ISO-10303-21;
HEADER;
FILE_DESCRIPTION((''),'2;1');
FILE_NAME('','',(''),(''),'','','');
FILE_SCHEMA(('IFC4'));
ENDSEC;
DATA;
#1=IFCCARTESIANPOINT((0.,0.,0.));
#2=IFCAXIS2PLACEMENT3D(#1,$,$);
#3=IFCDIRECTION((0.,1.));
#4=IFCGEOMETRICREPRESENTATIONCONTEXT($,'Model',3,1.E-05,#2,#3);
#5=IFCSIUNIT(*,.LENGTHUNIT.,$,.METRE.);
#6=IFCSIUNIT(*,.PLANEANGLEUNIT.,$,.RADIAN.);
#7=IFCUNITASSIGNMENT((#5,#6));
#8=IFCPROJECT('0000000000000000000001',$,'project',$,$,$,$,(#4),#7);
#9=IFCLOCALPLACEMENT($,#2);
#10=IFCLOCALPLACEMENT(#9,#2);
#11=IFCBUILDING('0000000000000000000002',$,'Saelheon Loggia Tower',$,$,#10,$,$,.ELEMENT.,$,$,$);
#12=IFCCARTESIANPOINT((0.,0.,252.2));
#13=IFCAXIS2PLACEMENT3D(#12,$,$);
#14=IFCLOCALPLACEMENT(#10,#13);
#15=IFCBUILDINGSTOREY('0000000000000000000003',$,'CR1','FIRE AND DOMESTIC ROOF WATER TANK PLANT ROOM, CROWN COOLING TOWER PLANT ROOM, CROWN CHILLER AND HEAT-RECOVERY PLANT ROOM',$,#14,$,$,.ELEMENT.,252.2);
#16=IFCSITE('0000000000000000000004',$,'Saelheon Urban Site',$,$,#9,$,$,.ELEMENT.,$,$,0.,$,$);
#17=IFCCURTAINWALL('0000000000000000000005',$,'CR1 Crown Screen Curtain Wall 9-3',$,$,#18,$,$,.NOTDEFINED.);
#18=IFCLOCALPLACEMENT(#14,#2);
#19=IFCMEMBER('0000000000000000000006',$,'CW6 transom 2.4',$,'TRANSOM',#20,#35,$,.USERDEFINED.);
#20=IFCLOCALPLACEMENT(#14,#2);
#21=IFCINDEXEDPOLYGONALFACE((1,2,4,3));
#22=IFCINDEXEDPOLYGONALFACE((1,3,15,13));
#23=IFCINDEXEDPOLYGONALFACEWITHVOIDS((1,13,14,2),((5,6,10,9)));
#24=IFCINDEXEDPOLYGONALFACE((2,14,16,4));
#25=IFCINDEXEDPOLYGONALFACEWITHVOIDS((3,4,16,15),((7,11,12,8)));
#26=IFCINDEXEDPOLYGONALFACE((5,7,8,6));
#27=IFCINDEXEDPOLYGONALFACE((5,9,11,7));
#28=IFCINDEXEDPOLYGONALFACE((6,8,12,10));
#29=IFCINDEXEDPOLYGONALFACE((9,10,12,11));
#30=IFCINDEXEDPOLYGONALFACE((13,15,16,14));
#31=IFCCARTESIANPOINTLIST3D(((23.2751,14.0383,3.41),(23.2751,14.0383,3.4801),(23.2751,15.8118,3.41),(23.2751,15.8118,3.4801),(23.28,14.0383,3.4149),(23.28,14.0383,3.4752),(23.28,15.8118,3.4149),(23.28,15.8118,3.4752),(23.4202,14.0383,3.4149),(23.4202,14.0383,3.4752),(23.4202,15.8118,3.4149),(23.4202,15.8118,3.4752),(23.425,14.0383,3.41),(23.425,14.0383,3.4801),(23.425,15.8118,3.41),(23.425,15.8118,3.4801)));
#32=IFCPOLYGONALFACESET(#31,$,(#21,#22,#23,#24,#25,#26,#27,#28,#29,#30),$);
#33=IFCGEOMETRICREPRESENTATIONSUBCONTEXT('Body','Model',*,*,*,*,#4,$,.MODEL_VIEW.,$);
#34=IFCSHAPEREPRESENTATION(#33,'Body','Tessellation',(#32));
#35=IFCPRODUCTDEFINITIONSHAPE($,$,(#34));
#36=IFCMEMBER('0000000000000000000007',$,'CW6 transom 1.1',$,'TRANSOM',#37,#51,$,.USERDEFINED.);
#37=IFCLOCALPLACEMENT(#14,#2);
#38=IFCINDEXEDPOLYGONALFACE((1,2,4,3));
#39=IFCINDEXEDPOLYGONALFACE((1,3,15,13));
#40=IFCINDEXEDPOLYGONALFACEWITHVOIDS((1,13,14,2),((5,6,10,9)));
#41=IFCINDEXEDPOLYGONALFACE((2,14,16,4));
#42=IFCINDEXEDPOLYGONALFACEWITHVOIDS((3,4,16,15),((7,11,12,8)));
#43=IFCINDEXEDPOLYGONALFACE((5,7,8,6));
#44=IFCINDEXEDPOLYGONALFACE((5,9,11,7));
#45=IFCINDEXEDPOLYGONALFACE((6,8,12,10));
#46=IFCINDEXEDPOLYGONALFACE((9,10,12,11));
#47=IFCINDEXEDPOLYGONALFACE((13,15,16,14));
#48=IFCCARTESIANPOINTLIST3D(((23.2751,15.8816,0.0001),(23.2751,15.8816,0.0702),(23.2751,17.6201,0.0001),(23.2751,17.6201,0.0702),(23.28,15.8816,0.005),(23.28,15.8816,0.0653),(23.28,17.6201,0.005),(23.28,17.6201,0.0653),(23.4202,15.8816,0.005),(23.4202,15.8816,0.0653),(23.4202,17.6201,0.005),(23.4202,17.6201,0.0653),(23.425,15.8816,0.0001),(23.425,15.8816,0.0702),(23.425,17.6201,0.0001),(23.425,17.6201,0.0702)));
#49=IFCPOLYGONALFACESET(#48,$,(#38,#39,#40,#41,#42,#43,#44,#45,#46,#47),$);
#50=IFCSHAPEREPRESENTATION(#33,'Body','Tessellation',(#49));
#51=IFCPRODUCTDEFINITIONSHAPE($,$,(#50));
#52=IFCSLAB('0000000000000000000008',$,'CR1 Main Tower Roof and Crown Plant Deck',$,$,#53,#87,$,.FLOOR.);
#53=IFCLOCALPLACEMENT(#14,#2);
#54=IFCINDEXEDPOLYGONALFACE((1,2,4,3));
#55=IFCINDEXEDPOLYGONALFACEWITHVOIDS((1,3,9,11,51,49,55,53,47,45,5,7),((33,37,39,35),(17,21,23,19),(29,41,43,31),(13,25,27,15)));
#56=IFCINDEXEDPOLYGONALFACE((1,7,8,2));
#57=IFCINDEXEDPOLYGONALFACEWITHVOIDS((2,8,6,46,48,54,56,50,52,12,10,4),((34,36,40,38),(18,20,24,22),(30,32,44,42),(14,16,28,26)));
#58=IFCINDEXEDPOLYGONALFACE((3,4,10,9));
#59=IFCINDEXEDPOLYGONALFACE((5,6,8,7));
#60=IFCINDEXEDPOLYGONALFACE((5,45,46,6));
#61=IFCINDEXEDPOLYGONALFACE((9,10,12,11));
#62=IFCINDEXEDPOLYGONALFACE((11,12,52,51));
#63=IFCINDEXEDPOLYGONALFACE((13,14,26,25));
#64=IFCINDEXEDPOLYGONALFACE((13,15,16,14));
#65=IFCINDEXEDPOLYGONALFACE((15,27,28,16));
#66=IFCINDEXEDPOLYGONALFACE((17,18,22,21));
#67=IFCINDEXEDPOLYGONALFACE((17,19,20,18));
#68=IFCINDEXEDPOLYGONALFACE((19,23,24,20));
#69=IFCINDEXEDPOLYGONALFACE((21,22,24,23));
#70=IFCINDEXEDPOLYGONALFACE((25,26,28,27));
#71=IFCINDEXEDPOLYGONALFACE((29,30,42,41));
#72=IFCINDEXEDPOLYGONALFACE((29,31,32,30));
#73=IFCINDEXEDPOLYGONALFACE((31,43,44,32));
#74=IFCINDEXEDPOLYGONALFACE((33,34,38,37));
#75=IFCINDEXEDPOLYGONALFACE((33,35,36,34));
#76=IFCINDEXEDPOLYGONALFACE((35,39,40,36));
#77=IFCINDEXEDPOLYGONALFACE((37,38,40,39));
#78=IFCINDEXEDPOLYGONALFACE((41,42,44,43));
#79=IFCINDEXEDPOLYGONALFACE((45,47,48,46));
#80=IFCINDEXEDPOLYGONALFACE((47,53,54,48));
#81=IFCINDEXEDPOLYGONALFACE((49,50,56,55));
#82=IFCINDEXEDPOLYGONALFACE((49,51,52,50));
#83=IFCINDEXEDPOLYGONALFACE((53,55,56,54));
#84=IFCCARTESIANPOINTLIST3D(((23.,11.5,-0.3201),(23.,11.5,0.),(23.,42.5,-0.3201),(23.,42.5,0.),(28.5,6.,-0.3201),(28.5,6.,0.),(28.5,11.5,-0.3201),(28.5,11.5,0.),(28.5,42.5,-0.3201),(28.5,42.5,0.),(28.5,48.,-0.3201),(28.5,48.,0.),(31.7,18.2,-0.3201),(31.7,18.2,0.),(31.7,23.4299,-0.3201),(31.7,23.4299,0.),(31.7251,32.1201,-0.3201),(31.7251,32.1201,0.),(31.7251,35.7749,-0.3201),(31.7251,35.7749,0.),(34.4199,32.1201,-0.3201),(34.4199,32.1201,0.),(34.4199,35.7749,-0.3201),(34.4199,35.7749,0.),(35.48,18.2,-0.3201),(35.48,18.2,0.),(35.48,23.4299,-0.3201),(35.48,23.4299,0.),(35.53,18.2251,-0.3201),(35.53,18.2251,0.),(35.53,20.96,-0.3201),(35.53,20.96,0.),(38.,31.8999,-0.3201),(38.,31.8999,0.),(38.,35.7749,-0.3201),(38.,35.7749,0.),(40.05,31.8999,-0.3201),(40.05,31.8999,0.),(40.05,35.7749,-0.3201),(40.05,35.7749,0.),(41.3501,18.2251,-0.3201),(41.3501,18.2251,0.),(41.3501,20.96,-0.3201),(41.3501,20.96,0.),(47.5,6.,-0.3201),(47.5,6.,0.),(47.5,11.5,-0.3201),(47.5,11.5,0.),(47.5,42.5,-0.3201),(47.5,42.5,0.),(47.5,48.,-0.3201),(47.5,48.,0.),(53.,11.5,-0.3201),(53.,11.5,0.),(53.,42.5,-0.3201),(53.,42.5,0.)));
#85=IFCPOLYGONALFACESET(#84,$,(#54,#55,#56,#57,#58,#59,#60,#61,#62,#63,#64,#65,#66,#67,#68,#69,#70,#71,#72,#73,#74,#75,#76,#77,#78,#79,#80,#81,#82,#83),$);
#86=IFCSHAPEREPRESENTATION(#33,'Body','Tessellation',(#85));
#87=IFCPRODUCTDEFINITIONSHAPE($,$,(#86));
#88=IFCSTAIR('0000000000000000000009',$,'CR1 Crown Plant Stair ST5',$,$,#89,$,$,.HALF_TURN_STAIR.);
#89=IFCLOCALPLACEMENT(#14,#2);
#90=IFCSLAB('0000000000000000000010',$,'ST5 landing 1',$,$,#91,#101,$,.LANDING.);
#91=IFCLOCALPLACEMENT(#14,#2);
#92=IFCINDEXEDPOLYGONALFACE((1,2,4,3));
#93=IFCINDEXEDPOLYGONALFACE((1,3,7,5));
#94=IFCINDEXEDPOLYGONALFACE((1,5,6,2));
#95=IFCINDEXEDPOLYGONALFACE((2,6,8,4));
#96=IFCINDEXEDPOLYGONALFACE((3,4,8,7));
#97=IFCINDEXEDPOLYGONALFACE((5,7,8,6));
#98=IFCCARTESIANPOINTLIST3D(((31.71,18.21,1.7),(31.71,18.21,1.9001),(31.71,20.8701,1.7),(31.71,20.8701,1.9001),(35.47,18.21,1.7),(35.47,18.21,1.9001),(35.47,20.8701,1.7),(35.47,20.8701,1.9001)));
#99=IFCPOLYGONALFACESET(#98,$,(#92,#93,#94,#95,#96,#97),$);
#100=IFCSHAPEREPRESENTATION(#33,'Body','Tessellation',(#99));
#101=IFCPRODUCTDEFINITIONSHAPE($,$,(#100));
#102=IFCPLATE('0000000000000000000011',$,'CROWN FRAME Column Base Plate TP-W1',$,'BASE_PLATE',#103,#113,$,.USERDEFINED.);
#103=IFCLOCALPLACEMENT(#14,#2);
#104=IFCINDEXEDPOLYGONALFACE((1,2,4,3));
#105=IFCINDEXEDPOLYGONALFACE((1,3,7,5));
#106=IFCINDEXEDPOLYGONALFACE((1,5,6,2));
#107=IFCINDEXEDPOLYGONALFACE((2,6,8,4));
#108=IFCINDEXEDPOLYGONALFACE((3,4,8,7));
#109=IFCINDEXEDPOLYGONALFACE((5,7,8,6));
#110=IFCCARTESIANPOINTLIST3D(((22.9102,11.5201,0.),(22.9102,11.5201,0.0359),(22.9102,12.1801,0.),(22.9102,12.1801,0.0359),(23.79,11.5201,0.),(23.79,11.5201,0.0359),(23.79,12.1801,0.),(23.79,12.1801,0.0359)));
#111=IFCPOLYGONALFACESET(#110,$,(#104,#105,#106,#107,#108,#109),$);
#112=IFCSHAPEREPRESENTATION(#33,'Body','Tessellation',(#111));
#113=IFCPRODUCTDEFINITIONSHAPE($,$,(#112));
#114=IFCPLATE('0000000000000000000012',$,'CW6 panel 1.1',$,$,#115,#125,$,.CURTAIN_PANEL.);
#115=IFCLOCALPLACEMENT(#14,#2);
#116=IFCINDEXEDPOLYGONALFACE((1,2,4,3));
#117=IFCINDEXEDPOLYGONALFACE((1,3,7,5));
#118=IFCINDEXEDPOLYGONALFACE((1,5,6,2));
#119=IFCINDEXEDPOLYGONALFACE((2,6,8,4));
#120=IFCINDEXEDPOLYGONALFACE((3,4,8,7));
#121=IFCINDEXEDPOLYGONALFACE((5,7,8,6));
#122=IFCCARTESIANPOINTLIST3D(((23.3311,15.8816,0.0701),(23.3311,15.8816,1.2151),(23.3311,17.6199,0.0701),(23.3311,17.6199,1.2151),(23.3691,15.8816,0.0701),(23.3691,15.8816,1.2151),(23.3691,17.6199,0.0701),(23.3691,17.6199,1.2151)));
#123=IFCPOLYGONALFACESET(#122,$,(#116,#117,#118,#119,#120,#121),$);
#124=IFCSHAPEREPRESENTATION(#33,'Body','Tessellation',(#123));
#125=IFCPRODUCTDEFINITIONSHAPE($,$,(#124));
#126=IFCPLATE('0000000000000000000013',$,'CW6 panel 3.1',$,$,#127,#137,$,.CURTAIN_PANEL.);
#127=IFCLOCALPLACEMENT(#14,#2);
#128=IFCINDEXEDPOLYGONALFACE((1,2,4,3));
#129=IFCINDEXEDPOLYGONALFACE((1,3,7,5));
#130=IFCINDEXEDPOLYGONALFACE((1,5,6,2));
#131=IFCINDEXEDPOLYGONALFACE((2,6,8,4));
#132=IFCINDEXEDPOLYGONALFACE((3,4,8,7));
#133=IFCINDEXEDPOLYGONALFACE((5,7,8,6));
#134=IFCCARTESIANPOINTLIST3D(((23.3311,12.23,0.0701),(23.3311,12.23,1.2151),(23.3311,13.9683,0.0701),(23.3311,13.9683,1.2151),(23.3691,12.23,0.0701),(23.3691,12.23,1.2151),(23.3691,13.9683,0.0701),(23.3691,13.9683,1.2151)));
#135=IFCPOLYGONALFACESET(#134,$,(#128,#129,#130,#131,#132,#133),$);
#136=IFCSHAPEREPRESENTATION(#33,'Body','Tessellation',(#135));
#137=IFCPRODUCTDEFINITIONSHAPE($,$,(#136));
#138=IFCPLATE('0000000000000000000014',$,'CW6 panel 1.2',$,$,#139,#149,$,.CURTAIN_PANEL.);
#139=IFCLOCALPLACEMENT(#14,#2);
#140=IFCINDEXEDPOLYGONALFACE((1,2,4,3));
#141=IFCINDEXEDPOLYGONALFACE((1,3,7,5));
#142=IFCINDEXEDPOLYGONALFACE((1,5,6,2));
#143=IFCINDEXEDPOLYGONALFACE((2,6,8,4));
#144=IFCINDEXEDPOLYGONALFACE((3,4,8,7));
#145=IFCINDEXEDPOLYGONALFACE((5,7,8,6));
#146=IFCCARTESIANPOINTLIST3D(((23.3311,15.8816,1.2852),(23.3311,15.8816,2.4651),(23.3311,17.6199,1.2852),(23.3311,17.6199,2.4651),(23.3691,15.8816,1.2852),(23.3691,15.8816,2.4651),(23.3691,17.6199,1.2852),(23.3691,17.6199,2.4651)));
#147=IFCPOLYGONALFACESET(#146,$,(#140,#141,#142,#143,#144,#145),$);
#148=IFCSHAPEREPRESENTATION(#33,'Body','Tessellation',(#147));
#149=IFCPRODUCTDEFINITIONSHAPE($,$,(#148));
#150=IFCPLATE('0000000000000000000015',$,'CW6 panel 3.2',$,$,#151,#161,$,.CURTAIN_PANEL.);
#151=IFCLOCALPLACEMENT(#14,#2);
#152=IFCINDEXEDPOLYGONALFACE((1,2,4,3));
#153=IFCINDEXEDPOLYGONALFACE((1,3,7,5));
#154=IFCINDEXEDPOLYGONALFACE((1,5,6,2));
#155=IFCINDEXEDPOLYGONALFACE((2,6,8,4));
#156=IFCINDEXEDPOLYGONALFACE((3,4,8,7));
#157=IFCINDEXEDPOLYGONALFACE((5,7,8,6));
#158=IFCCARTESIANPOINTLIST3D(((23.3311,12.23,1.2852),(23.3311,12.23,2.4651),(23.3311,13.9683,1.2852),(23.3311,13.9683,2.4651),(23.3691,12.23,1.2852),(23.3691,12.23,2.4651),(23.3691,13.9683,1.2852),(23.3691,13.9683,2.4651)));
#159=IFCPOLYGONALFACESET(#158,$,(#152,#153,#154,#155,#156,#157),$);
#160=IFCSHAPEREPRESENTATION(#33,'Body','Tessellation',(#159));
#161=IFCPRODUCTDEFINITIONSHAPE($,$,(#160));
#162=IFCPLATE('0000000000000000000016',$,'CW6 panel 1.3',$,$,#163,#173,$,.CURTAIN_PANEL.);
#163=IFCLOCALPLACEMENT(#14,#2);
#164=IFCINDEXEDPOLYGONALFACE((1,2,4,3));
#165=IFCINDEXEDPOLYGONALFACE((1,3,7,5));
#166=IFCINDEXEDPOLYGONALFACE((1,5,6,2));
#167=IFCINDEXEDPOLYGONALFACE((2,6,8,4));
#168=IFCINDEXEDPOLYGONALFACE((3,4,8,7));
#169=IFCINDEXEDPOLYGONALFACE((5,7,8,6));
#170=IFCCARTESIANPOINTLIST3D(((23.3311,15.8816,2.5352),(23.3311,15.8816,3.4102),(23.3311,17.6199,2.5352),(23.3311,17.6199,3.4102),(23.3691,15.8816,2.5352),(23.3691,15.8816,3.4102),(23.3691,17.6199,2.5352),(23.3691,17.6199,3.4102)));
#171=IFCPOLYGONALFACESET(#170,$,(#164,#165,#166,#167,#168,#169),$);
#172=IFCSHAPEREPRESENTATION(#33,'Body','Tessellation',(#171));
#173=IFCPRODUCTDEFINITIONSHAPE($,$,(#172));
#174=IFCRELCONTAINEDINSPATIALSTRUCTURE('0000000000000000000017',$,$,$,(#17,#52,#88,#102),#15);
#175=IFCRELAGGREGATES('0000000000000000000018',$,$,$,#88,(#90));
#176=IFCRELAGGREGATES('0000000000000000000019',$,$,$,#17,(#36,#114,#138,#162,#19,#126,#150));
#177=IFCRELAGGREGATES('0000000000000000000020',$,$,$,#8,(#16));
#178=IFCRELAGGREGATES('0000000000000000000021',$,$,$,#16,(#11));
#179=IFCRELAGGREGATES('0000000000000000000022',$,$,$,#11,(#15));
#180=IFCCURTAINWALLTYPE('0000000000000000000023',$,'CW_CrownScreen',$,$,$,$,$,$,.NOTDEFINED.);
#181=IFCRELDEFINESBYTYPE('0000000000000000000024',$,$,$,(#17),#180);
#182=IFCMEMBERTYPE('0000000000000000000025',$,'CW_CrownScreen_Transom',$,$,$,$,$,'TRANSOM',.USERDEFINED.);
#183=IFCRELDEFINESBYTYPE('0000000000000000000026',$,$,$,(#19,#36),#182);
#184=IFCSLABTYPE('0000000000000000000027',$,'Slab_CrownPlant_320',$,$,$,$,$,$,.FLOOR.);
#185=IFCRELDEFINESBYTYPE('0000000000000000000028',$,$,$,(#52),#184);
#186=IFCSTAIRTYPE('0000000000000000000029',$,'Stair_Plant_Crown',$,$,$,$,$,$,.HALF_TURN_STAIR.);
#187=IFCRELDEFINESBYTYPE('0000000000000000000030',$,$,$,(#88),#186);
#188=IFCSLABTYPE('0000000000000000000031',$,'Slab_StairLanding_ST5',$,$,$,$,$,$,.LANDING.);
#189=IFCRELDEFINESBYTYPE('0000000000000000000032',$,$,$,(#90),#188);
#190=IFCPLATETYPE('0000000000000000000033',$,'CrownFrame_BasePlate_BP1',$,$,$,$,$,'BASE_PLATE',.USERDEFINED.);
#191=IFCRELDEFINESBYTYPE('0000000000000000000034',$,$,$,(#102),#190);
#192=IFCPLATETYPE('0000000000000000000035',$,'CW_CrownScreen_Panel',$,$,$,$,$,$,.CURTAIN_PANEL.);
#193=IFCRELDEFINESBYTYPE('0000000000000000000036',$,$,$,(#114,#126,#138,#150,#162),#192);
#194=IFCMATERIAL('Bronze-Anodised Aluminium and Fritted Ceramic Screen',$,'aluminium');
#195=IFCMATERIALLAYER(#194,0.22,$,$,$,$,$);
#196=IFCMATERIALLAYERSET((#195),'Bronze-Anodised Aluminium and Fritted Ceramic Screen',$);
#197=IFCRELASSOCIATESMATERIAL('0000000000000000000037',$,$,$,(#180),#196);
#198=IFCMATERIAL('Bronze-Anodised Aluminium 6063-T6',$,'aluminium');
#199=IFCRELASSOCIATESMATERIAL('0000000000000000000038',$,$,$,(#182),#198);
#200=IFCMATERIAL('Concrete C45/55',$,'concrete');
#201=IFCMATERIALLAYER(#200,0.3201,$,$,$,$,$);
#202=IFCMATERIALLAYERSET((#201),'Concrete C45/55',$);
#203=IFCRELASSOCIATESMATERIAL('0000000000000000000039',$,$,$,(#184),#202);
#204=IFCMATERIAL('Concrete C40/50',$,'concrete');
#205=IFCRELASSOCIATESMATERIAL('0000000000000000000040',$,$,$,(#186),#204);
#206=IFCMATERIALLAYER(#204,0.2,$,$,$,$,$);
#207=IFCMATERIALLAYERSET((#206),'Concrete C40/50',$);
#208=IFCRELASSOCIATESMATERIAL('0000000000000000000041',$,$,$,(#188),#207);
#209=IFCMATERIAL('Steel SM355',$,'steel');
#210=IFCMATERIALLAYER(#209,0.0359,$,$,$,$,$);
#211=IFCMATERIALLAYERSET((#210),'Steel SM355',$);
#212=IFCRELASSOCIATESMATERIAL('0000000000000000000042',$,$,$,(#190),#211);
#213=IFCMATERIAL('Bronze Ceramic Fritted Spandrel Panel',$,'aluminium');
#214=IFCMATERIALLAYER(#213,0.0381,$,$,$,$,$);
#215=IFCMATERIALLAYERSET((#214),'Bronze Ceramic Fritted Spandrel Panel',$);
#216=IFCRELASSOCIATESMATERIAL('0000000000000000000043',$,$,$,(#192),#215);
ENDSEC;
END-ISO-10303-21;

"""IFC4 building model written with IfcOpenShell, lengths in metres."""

from ifc_helpers import new_model, si_unit, direction, frame, origin, origin_2d, place, context, subcontext, project, spatial, polyline, rectangle, hollow_rectangle, outline, extrude, source, transform, mapped, material, layer, layer_set, material_profile, profile_set, type_object, element, aggregate, save


model = new_model("IFC4")

# Units and contexts
model_context = context("Model", 3, precision=1e-05, world=origin(), true_north=direction((0.0, 1.0)))
body_context = subcontext(model_context, "Body", "Model", "MODEL_VIEW")
ifc_project = project(units=[si_unit("LENGTHUNIT", "METRE"), si_unit("PLANEANGLEUNIT", "RADIAN")], contexts=[model_context])

# Site, building, storey
site_placement = place(None, origin())
site = spatial("IfcSite", under=ifc_project, at=site_placement, Name="Saelheon Urban Site", CompositionType="ELEMENT", RefElevation=0.0)
building_placement = place(site_placement, origin())
building = spatial("IfcBuilding", under=site, at=building_placement, Name="Saelheon Loggia Tower", CompositionType="ELEMENT")
storey_placement = place(building_placement, frame((0.0, 0.0, 252.2)))
storey = spatial("IfcBuildingStorey", under=building, at=storey_placement, Name="CR1", Description="FIRE AND DOMESTIC ROOF WATER TANK PLANT ROOM, CROWN COOLING TOWER PLANT ROOM, CROWN CHILLER AND HEAT-RECOVERY PLANT ROOM", CompositionType="ELEMENT", Elevation=252.2)

# Curtain wall, members
ifc_material_1 = material(Name="Bronze-Anodised Aluminium and Fritted Ceramic Screen", Category="aluminium")
ifc_layer_1 = layer(ifc_material_1, 0.22)
ifc_layer_set_1 = layer_set([ifc_layer_1], Name="Bronze-Anodised Aluminium and Fritted Ceramic Screen")
curtain_wall_type = type_object("IfcCurtainWallType", Name="CW_CrownScreen", PredefinedType="NOTDEFINED", material=ifc_layer_set_1)
curtain_wall_placement = place(storey_placement, origin())
curtain_wall = element("IfcCurtainWall", 1, at=curtain_wall_placement, inside=storey, type_object=curtain_wall_type, Name="CR1 Crown Screen Curtain Wall 9-3", PredefinedType="NOTDEFINED")
ifc_material_2 = material(Name="Bronze-Anodised Aluminium 6063-T6", Category="aluminium")
ifc_material_profile_1 = material_profile(ifc_material_2, hollow_rectangle(XDim=0.0701, YDim=0.1499, WallThickness=0.0049, at=origin_2d()), Name="RHS-150x70x5")
ifc_profile_set_1 = profile_set([ifc_material_profile_1], Name="Bronze-Anodised Aluminium 6063-T6")
member_type_1 = type_object("IfcMemberType", Name="CW_CrownScreen_Transom", ElementType="TRANSOM", PredefinedType="USERDEFINED", material=ifc_profile_set_1)
shared_shape_1 = source(origin(), body_context, "Body", "SweptSolid", [
    extrude(hollow_rectangle(XDim=0.0701, YDim=0.1499, WallThickness=0.0049, at=origin_2d()), origin(), (0.0, 0.0, 1.0), 1.7734),
])
member_1_placement = place(storey_placement, frame((23.3501, 15.8118, 3.4451), z_axis=(0.0, -1.0, 0.0), x_axis=(0.0, 0.0, 1.0)))
member_1 = element("IfcMember", 2, at=member_1_placement, type_object=member_type_1, Name="CW6 transom 2.4", ObjectType="TRANSOM", PredefinedType="USERDEFINED", context=body_context, shape_type="MappedRepresentation", body=[
    mapped(shared_shape_1, transform((0.0, 0.0, 0.0), scale=1.0)),
])
shared_shape_2 = source(origin(), body_context, "Body", "SweptSolid", [
    extrude(hollow_rectangle(XDim=0.0701, YDim=0.1499, WallThickness=0.0049, at=origin_2d()), origin(), (0.0, 0.0, 1.0), 1.7385),
])
member_2_placement = place(storey_placement, frame((23.3501, 17.6201, 0.0352), z_axis=(0.0, -1.0, 0.0), x_axis=(0.0, 0.0, 1.0)))
member_2 = element("IfcMember", 3, at=member_2_placement, type_object=member_type_1, Name="CW6 transom 1.1", ObjectType="TRANSOM", PredefinedType="USERDEFINED", context=body_context, shape_type="MappedRepresentation", body=[
    mapped(shared_shape_2, transform((0.0, 0.0, 0.0), scale=1.0)),
])

# Slab
ifc_material_3 = material(Name="Concrete C45/55", Category="concrete")
ifc_layer_2 = layer(ifc_material_3, 0.3201)
ifc_layer_set_2 = layer_set([ifc_layer_2], Name="Concrete C45/55")
slab_type_1 = type_object("IfcSlabType", Name="Slab_CrownPlant_320", PredefinedType="FLOOR", material=ifc_layer_set_2)
slab_1_placement = place(storey_placement, frame((0.0, 0.0, -0.3201)))
element("IfcSlab", 4, at=slab_1_placement, inside=storey, type_object=slab_type_1, Name="CR1 Main Tower Roof and Crown Plant Deck", PredefinedType="FLOOR", context=body_context, shape_type="SweptSolid", body=[
    extrude(outline(polyline([(28.5, 6.0), (47.5, 6.0), (47.5, 11.5), (53.0, 11.5), (53.0, 42.5), (47.5, 42.5), (47.5, 48.0), (28.5, 48.0), (28.5, 42.5), (23.0, 42.5), (23.0, 11.5), (28.5, 11.5), (28.5, 6.0)]), holes=[polyline([(31.7, 23.4299), (31.7, 18.2), (35.48, 18.2), (35.48, 23.4299), (31.7, 23.4299)]), polyline([(35.53, 18.2251), (41.3501, 18.2251), (41.3501, 20.96), (35.53, 20.96), (35.53, 18.2251)]), polyline([(31.7251, 32.1201), (34.4199, 32.1201), (34.4199, 35.7749), (31.7251, 35.7749), (31.7251, 32.1201)]), polyline([(38.0, 31.8999), (40.05, 31.8999), (40.05, 35.7749), (38.0, 35.7749), (38.0, 31.8999)])]), origin(), (0.0, 0.0, 1.0), 0.3201),
])

# Stair, slab
ifc_material_4 = material(Name="Concrete C40/50", Category="concrete")
stair_type = type_object("IfcStairType", Name="Stair_Plant_Crown", PredefinedType="HALF_TURN_STAIR", material=ifc_material_4)
stair_placement = place(storey_placement, origin())
stair = element("IfcStair", 5, at=stair_placement, inside=storey, type_object=stair_type, Name="CR1 Crown Plant Stair ST5", PredefinedType="HALF_TURN_STAIR")
ifc_layer_3 = layer(ifc_material_4, 0.2)
ifc_layer_set_3 = layer_set([ifc_layer_3], Name="Concrete C40/50")
slab_type_2 = type_object("IfcSlabType", Name="Slab_StairLanding_ST5", PredefinedType="LANDING", material=ifc_layer_set_3)
slab_2_placement = place(storey_placement, frame((0.0, 0.0, 1.7)))
slab_2 = element("IfcSlab", 6, at=slab_2_placement, type_object=slab_type_2, Name="ST5 landing 1", PredefinedType="LANDING", context=body_context, shape_type="SweptSolid", body=[
    extrude(outline(polyline([(31.71, 20.8701), (31.71, 18.21), (35.47, 18.21), (35.47, 20.8701), (31.71, 20.8701)])), origin(), (0.0, 0.0, 1.0), 0.2002),
])
aggregate(stair, [slab_2])

# Plates
ifc_material_5 = material(Name="Steel SM355", Category="steel")
ifc_layer_4 = layer(ifc_material_5, 0.0359)
ifc_layer_set_4 = layer_set([ifc_layer_4], Name="Steel SM355")
plate_type_1 = type_object("IfcPlateType", Name="CrownFrame_BasePlate_BP1", ElementType="BASE_PLATE", PredefinedType="USERDEFINED", material=ifc_layer_set_4)
shared_shape_3 = source(origin(), body_context, "Body", "SweptSolid", [
    extrude(rectangle(XDim=0.8799, YDim=0.6599, at=origin_2d()), origin(), (0.0, 0.0, 1.0), 0.0359),
])
plate_1_placement = place(storey_placement, frame((23.3501, 11.8501, 0.0), z_axis=(0.0, 0.0, 1.0), x_axis=(1.0, 0.0, 0.0)))
element("IfcPlate", 7, at=plate_1_placement, inside=storey, type_object=plate_type_1, Name="CROWN FRAME Column Base Plate TP-W1", ObjectType="BASE_PLATE", PredefinedType="USERDEFINED", context=body_context, shape_type="MappedRepresentation", body=[
    mapped(shared_shape_3, transform((0.0, 0.0, 0.0), scale=1.0)),
])
ifc_material_6 = material(Name="Bronze Ceramic Fritted Spandrel Panel", Category="aluminium")
ifc_layer_5 = layer(ifc_material_6, 0.0381)
ifc_layer_set_5 = layer_set([ifc_layer_5], Name="Bronze Ceramic Fritted Spandrel Panel")
plate_type_2 = type_object("IfcPlateType", Name="CW_CrownScreen_Panel", PredefinedType="CURTAIN_PANEL", material=ifc_layer_set_5)
shared_shape_4 = source(origin(), body_context, "Body", "SweptSolid", [
    extrude(rectangle(XDim=1.7383, YDim=0.0381, at=origin_2d()), origin(), (0.0, 0.0, 1.0), 1.145),
])
plate_2_placement = place(storey_placement, frame((23.3501, 16.7507, 0.0701), z_axis=(0.0, 0.0, 1.0), x_axis=(0.0, -1.0, 0.0)))
plate_2 = element("IfcPlate", 8, at=plate_2_placement, type_object=plate_type_2, Name="CW6 panel 1.1", PredefinedType="CURTAIN_PANEL", context=body_context, shape_type="MappedRepresentation", body=[
    mapped(shared_shape_4, transform((0.0, 0.0, 0.0), scale=1.0)),
])
plate_3_placement = place(storey_placement, frame((23.3501, 13.0991, 0.0701), z_axis=(0.0, 0.0, 1.0), x_axis=(0.0, -1.0, 0.0)))
plate_3 = element("IfcPlate", 9, at=plate_3_placement, type_object=plate_type_2, Name="CW6 panel 3.1", PredefinedType="CURTAIN_PANEL", context=body_context, shape_type="MappedRepresentation", body=[
    mapped(shared_shape_4, transform((0.0, 0.0, 0.0), scale=1.0)),
])
shared_shape_5 = source(origin(), body_context, "Body", "SweptSolid", [
    extrude(rectangle(XDim=1.7383, YDim=0.0381, at=origin_2d()), origin(), (0.0, 0.0, 1.0), 1.1799),
])
plate_4_placement = place(storey_placement, frame((23.3501, 16.7507, 1.2852), z_axis=(0.0, 0.0, 1.0), x_axis=(0.0, -1.0, 0.0)))
plate_4 = element("IfcPlate", 10, at=plate_4_placement, type_object=plate_type_2, Name="CW6 panel 1.2", PredefinedType="CURTAIN_PANEL", context=body_context, shape_type="MappedRepresentation", body=[
    mapped(shared_shape_5, transform((0.0, 0.0, 0.0), scale=1.0)),
])
plate_5_placement = place(storey_placement, frame((23.3501, 13.0991, 1.2852), z_axis=(0.0, 0.0, 1.0), x_axis=(0.0, -1.0, 0.0)))
plate_5 = element("IfcPlate", 11, at=plate_5_placement, type_object=plate_type_2, Name="CW6 panel 3.2", PredefinedType="CURTAIN_PANEL", context=body_context, shape_type="MappedRepresentation", body=[
    mapped(shared_shape_5, transform((0.0, 0.0, 0.0), scale=1.0)),
])
shared_shape_6 = source(origin(), body_context, "Body", "SweptSolid", [
    extrude(rectangle(XDim=1.7383, YDim=0.0381, at=origin_2d()), origin(), (0.0, 0.0, 1.0), 0.875),
])
plate_6_placement = place(storey_placement, frame((23.3501, 16.7507, 2.5352), z_axis=(0.0, 0.0, 1.0), x_axis=(0.0, -1.0, 0.0)))
plate_6 = element("IfcPlate", 12, at=plate_6_placement, type_object=plate_type_2, Name="CW6 panel 1.3", PredefinedType="CURTAIN_PANEL", context=body_context, shape_type="MappedRepresentation", body=[
    mapped(shared_shape_6, transform((0.0, 0.0, 0.0), scale=1.0)),
])
aggregate(curtain_wall, [member_2, plate_2, plate_4, plate_6, member_1, plate_3, plate_5])

save(model, "model.ifc")
